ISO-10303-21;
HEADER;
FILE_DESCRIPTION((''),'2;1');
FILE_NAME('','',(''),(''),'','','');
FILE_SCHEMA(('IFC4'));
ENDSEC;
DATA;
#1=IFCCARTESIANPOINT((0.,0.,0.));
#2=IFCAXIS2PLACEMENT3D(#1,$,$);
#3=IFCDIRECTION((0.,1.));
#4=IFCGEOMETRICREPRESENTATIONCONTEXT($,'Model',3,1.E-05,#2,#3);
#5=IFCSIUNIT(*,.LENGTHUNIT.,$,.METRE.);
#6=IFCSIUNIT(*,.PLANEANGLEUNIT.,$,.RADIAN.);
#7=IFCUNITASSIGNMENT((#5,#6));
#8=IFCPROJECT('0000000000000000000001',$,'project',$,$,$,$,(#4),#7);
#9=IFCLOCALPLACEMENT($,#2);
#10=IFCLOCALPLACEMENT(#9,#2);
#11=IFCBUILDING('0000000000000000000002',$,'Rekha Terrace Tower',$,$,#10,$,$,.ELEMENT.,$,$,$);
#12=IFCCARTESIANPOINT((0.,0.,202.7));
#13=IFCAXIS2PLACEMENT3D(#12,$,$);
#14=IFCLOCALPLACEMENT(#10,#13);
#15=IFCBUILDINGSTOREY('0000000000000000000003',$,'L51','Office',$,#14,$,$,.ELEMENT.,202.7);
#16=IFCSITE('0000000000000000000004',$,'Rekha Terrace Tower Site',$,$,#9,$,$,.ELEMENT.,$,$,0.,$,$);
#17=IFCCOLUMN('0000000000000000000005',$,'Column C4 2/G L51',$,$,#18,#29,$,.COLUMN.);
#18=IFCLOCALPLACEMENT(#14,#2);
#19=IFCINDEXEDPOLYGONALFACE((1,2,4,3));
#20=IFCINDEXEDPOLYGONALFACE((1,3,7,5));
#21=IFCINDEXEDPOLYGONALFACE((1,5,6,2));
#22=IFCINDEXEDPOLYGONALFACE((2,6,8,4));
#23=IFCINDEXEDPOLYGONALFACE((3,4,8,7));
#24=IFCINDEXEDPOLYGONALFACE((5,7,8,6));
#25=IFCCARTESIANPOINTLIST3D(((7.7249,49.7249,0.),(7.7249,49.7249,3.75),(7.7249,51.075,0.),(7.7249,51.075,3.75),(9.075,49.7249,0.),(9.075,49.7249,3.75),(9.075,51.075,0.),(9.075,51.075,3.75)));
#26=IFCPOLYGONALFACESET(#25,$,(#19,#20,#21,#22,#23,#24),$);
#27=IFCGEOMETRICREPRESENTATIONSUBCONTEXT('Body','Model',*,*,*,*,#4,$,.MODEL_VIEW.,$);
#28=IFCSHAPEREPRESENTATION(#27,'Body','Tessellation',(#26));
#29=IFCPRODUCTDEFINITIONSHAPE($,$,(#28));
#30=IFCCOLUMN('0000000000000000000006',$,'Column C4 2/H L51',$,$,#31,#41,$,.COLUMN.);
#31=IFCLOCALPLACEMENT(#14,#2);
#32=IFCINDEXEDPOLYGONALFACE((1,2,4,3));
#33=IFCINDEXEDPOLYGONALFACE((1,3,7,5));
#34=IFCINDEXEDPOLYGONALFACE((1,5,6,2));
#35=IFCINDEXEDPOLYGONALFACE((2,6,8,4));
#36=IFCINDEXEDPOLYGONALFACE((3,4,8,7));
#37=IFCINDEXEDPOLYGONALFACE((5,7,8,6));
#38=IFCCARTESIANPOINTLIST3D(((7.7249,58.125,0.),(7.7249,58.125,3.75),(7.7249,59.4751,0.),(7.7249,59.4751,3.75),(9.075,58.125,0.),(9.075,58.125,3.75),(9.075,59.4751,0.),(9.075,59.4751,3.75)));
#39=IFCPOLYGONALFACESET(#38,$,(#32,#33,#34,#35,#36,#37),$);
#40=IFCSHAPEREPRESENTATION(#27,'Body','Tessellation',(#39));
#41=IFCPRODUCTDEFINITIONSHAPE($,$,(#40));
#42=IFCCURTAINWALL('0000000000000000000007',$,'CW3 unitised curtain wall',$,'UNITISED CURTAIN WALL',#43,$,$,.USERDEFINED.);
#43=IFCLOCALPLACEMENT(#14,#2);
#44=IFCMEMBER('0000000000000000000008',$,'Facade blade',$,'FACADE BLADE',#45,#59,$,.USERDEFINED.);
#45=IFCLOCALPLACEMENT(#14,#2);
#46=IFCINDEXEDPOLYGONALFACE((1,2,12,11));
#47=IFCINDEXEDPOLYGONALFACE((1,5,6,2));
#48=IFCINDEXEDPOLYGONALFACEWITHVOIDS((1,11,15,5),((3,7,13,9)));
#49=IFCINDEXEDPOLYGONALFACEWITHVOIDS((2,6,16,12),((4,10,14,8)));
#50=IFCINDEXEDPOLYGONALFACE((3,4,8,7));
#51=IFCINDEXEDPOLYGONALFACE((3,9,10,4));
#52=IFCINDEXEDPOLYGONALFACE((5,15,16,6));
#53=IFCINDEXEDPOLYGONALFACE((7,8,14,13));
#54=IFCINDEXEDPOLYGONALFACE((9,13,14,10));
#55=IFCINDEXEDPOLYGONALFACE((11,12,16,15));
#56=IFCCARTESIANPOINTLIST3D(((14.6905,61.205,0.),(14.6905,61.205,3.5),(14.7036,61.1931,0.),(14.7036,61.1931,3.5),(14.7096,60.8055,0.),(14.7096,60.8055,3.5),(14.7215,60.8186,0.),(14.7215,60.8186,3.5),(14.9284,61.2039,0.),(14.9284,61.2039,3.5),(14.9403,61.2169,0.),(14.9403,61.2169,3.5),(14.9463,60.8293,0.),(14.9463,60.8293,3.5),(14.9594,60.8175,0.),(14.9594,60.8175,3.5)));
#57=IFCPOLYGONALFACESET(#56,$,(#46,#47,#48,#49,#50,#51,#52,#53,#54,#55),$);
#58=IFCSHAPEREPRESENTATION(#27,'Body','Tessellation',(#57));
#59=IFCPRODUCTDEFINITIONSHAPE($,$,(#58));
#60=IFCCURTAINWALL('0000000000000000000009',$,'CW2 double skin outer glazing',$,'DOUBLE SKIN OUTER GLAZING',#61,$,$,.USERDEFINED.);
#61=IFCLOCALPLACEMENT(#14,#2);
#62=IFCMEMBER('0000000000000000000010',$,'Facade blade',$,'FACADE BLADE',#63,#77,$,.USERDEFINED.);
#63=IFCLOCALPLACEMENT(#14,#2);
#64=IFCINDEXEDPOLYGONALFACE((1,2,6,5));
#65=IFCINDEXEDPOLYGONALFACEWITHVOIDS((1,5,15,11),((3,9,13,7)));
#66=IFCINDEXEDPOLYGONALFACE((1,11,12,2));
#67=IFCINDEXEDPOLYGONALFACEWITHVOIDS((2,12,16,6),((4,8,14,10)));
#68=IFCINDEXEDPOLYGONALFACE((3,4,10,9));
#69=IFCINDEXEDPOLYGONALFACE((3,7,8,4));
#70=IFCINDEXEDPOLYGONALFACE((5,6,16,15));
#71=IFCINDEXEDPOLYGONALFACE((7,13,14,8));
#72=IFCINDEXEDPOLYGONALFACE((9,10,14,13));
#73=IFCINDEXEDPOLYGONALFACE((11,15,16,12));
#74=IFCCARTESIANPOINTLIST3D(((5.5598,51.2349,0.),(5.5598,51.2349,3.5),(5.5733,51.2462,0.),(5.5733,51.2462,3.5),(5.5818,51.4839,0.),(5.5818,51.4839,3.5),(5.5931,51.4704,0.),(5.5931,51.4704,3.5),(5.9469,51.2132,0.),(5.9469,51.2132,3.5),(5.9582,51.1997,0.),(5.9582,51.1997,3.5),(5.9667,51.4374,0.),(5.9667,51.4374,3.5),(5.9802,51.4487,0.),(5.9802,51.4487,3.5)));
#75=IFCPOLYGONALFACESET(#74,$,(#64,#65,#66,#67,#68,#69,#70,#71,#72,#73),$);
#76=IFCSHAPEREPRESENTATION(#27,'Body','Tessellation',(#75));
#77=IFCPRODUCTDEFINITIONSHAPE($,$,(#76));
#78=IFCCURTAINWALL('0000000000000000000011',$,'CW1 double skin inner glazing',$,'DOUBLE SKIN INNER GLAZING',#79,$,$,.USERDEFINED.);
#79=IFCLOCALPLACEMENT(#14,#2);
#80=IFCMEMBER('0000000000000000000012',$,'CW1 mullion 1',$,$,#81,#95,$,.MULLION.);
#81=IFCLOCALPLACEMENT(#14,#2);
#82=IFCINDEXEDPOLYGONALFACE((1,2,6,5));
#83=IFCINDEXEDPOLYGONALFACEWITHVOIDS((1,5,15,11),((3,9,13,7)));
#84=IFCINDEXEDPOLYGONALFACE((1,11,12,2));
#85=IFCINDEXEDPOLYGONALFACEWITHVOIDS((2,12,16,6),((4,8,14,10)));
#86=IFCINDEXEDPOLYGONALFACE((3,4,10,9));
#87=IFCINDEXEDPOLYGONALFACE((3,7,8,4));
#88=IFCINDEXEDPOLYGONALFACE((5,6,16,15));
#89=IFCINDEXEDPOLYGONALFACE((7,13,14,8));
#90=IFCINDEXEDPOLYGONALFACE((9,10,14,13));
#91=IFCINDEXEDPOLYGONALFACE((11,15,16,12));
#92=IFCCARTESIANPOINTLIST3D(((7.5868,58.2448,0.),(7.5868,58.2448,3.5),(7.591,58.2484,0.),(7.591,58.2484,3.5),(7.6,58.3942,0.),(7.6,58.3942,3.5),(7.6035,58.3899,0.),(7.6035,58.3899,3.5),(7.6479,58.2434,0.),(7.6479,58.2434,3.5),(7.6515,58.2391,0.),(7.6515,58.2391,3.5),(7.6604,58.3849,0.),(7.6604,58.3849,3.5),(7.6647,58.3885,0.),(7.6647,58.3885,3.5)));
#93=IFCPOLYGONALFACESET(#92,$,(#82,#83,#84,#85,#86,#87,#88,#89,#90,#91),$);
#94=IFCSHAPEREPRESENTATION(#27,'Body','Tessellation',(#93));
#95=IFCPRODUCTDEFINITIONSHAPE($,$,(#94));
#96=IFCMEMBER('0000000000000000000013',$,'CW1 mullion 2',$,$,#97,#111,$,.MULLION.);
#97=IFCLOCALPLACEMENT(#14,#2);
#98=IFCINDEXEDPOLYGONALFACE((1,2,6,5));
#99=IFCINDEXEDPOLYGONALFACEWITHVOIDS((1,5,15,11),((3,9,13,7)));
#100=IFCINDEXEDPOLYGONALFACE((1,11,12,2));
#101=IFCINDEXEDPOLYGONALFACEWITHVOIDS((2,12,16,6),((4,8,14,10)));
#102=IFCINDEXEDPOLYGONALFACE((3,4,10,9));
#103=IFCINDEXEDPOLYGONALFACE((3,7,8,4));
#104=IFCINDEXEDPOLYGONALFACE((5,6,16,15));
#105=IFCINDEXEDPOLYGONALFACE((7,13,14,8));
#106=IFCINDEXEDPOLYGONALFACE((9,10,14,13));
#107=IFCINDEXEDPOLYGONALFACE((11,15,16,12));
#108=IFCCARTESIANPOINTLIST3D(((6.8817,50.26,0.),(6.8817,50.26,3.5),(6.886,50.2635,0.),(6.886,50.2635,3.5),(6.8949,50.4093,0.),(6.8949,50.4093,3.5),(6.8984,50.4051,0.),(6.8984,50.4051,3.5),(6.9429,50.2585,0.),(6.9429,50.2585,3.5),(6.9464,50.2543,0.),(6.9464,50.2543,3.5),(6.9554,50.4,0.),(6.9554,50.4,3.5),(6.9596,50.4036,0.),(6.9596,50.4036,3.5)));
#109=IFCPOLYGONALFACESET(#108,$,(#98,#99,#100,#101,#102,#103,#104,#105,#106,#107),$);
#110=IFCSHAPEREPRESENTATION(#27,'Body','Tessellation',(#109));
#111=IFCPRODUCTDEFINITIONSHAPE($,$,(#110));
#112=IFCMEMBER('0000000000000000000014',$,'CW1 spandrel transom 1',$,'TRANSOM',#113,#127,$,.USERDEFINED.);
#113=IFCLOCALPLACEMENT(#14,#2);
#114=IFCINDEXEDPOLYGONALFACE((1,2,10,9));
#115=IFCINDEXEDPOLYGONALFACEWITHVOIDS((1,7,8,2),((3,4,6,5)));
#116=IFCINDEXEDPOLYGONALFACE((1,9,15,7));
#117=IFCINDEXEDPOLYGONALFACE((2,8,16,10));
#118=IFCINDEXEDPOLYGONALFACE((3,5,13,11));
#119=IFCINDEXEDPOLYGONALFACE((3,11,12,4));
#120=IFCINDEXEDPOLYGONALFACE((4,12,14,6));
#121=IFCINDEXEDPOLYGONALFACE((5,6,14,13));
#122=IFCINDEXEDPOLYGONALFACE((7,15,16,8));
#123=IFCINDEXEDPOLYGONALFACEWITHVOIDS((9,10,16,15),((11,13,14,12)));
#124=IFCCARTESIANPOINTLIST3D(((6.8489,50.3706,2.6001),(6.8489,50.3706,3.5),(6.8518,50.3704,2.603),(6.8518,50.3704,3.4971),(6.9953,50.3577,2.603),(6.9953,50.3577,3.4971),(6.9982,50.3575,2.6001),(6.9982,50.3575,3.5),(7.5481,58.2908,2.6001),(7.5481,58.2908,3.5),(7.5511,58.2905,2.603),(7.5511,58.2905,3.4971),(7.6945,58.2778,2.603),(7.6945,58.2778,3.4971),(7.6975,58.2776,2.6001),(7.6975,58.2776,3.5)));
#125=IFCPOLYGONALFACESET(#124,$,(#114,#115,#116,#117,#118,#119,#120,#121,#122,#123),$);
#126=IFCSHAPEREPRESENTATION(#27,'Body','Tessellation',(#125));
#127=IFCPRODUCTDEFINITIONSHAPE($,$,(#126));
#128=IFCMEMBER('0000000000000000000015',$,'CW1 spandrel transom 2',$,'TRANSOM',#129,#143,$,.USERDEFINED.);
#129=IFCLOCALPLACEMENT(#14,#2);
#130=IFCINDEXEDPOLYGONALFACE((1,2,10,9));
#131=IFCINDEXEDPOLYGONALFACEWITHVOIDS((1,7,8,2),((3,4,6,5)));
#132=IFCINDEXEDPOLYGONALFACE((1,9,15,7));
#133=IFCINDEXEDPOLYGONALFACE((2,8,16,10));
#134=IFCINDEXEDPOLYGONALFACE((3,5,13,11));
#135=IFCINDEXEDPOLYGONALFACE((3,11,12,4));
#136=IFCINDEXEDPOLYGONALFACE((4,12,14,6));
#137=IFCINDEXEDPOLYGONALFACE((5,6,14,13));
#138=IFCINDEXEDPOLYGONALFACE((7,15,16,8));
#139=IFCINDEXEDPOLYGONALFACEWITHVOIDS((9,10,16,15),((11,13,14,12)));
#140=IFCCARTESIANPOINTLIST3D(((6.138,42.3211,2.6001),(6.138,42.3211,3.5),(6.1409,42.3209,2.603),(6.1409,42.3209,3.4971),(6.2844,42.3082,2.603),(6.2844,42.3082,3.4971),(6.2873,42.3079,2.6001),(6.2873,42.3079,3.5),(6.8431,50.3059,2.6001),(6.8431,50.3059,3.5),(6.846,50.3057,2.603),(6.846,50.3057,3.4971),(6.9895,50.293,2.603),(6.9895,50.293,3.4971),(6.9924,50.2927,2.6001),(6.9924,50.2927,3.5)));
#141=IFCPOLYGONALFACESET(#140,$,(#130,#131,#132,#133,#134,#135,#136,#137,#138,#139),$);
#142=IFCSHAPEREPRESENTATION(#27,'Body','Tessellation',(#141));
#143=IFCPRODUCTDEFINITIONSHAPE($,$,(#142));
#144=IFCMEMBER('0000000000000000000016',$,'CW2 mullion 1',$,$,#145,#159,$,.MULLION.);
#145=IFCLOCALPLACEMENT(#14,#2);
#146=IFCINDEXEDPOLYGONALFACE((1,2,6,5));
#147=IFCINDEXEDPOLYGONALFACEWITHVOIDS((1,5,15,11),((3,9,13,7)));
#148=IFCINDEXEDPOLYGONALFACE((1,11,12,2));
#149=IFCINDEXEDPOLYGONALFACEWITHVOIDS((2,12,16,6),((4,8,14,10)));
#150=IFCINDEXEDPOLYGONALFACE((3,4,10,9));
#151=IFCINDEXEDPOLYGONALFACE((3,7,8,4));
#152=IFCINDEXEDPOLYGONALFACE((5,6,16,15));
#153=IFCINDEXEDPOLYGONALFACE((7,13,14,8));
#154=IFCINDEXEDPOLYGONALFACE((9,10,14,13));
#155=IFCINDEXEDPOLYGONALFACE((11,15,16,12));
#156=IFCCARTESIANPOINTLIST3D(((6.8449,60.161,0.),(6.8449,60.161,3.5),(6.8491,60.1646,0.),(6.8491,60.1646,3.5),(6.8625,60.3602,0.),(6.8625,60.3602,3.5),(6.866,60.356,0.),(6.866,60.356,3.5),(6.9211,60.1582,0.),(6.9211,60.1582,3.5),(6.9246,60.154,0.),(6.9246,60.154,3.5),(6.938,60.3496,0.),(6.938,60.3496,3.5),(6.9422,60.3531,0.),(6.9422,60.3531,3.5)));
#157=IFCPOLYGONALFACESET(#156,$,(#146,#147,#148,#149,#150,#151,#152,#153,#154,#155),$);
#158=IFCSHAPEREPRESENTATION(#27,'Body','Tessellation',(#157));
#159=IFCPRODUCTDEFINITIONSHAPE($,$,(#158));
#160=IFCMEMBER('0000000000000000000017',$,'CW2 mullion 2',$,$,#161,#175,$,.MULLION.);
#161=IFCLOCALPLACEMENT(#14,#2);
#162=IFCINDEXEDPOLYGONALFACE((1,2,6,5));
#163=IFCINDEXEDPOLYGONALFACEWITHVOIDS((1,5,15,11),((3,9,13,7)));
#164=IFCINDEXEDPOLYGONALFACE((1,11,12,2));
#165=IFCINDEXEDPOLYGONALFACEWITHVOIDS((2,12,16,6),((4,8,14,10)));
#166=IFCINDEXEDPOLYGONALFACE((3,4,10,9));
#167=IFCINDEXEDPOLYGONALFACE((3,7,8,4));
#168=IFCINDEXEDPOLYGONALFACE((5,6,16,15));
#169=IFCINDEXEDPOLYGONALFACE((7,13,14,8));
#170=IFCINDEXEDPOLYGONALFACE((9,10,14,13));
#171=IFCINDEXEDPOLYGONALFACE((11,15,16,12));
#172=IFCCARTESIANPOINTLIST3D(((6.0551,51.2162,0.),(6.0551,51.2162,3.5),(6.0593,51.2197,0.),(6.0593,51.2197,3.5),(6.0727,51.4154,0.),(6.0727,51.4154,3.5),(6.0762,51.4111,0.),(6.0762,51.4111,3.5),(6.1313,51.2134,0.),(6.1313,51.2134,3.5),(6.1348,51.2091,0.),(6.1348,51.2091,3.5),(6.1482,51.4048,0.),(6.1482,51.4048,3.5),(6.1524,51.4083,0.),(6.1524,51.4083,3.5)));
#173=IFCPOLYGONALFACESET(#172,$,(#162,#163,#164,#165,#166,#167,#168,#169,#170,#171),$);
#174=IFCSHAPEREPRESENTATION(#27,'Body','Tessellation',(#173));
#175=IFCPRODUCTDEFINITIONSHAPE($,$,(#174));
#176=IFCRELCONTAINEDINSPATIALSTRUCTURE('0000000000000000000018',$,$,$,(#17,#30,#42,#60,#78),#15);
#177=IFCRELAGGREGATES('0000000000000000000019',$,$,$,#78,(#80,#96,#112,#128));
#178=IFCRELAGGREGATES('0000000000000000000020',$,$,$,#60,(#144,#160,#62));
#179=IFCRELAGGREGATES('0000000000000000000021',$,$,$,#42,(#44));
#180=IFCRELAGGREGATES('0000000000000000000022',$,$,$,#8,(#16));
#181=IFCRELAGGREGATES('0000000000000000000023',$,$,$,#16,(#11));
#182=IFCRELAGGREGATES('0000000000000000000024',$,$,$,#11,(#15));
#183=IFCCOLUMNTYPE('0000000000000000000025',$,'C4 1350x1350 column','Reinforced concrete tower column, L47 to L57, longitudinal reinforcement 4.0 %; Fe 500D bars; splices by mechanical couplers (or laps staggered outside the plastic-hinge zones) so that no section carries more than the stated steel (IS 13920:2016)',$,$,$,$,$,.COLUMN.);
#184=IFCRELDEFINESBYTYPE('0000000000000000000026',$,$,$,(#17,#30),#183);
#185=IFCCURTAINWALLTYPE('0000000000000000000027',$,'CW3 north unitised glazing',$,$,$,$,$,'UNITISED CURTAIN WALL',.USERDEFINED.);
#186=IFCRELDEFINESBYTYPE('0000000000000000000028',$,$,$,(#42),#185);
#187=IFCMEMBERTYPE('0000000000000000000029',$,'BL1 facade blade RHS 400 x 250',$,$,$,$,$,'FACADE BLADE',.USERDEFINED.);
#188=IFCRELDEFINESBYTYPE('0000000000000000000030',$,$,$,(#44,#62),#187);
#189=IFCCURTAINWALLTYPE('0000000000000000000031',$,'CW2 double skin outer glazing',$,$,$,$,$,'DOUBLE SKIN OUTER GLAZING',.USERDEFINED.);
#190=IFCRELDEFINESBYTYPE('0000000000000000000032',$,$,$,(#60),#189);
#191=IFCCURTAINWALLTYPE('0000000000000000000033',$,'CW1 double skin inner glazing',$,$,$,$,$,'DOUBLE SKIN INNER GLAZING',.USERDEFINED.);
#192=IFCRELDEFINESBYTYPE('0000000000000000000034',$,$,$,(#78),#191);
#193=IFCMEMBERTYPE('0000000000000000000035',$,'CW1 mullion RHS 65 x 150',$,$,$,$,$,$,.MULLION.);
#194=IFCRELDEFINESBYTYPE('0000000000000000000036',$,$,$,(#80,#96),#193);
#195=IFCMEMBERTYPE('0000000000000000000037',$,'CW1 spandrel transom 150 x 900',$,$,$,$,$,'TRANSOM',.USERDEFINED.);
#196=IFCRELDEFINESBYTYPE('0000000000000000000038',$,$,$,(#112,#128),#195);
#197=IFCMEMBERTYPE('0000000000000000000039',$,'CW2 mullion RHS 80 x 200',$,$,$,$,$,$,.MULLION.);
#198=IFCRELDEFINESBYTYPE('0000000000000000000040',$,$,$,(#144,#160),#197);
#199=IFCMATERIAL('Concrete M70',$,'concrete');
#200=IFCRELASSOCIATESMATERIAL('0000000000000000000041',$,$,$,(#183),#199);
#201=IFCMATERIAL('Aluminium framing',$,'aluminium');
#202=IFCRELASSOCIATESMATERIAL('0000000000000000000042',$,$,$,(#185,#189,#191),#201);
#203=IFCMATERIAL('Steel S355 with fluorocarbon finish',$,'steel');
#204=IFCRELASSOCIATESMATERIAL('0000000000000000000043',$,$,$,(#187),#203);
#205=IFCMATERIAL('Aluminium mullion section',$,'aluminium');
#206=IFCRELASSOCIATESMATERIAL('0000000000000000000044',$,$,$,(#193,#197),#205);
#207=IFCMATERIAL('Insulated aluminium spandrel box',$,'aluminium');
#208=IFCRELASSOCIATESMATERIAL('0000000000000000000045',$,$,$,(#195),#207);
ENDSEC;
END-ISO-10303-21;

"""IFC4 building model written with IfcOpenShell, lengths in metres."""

from ifc_helpers import new_model, si_unit, direction, frame, origin, origin_2d, place, context, subcontext, project, spatial, rectangle, hollow_rectangle, extrude, material, material_profile, profile_set, type_object, element, aggregate, save


model = new_model("IFC4")

# Units and contexts
model_context = context("Model", 3, precision=1e-05, world=origin(), true_north=direction((0.0, 1.0)))
body_context = subcontext(model_context, "Body", "Model", "MODEL_VIEW")
ifc_project = project(units=[si_unit("LENGTHUNIT", "METRE"), si_unit("PLANEANGLEUNIT", "RADIAN")], contexts=[model_context])

# Site, building, storey
site_placement = place(None, origin())
site = spatial("IfcSite", under=ifc_project, at=site_placement, Name="Rekha Terrace Tower Site", CompositionType="ELEMENT", RefElevation=0.0)
building_placement = place(site_placement, origin())
building = spatial("IfcBuilding", under=site, at=building_placement, Name="Rekha Terrace Tower", CompositionType="ELEMENT")
storey_placement = place(building_placement, frame((0.0, 0.0, 202.7)))
storey = spatial("IfcBuildingStorey", under=building, at=storey_placement, Name="L51", Description="Office", CompositionType="ELEMENT", Elevation=202.7)

# Columns
ifc_material_1 = material(Name="Concrete M70", Category="concrete")
ifc_material_profile_1 = material_profile(ifc_material_1, rectangle(XDim=1.3501, YDim=1.3501, at=origin_2d()), Name="RC 1350x1350")
ifc_profile_set_1 = profile_set([ifc_material_profile_1], Name="Concrete M70")
column_type = type_object("IfcColumnType", Name="C4 1350x1350 column", Description="Reinforced concrete tower column, L47 to L57, longitudinal reinforcement 4.0 %; Fe 500D bars; splices by mechanical couplers (or laps staggered outside the plastic-hinge zones) so that no section carries more than the stated steel (IS 13920:2016)", PredefinedType="COLUMN", material=ifc_profile_set_1)
for number, where, z_axis, x_axis, name in (
    (1, (8.3999, 50.3999, 0.0), (0.0, 0.0, 1.0), (1.0, 0.0, 0.0), "Column C4 2/G L51"),
    (2, (8.3999, 58.8, 0.0), (0.0, 0.0, 1.0), (1.0, 0.0, 0.0), "Column C4 2/H L51"),
):
    element("IfcColumn", number, at=place(storey_placement, frame(where, z_axis=z_axis, x_axis=x_axis)), inside=storey, type_object=column_type, Name=name, PredefinedType="COLUMN", context=body_context, shape_type="SweptSolid", body=[
        extrude(rectangle(XDim=1.3501, YDim=1.3501, at=origin_2d()), origin(), (0.0, 0.0, 1.0), 3.75),
    ])

# Curtain walls, members
ifc_material_2 = material(Name="Aluminium framing", Category="aluminium")
curtain_wall_type_1 = type_object("IfcCurtainWallType", Name="CW3 north unitised glazing", ElementType="UNITISED CURTAIN WALL", PredefinedType="USERDEFINED", material=ifc_material_2)
curtain_wall_1_placement = place(storey_placement, origin())
curtain_wall_1 = element("IfcCurtainWall", 3, at=curtain_wall_1_placement, inside=storey, type_object=curtain_wall_type_1, Name="CW3 unitised curtain wall", ObjectType="UNITISED CURTAIN WALL", PredefinedType="USERDEFINED")
ifc_material_3 = material(Name="Steel S355 with fluorocarbon finish", Category="steel")
ifc_material_profile_2 = material_profile(ifc_material_3, hollow_rectangle(XDim=0.25, YDim=0.3999, WallThickness=0.0125, at=origin_2d()), Name="RHS400x250x12.5")
ifc_profile_set_2 = profile_set([ifc_material_profile_2], Name="Steel S355 with fluorocarbon finish")
member_type_1 = type_object("IfcMemberType", Name="BL1 facade blade RHS 400 x 250", ElementType="FACADE BLADE", PredefinedType="USERDEFINED", material=ifc_profile_set_2)
member_1_placement = place(storey_placement, frame((14.825, 61.0112, 0.0), z_axis=(0.0, 0.0, 1.0), x_axis=(-0.998859, -0.047758, 0.0)))
member_1 = element("IfcMember", 4, at=member_1_placement, type_object=member_type_1, Name="Facade blade", ObjectType="FACADE BLADE", PredefinedType="USERDEFINED", context=body_context, shape_type="SweptSolid", body=[
    extrude(hollow_rectangle(XDim=0.25, YDim=0.3999, WallThickness=0.0125, at=origin_2d()), origin(), (0.0, 0.0, 1.0), 3.5),
])
curtain_wall_type_2 = type_object("IfcCurtainWallType", Name="CW2 double skin outer glazing", ElementType="DOUBLE SKIN OUTER GLAZING", PredefinedType="USERDEFINED", material=ifc_material_2)
curtain_wall_2_placement = place(storey_placement, origin())
curtain_wall_2 = element("IfcCurtainWall", 5, at=curtain_wall_2_placement, inside=storey, type_object=curtain_wall_type_2, Name="CW2 double skin outer glazing", ObjectType="DOUBLE SKIN OUTER GLAZING", PredefinedType="USERDEFINED")
member_2_placement = place(storey_placement, frame((5.77, 51.3418, 0.0), z_axis=(0.0, 0.0, 1.0), x_axis=(-0.087957, -0.996124, 0.0)))
member_2 = element("IfcMember", 6, at=member_2_placement, type_object=member_type_1, Name="Facade blade", ObjectType="FACADE BLADE", PredefinedType="USERDEFINED", context=body_context, shape_type="SweptSolid", body=[
    extrude(hollow_rectangle(XDim=0.25, YDim=0.3999, WallThickness=0.0125, at=origin_2d()), origin(), (0.0, 0.0, 1.0), 3.5),
])

# Curtain wall, members
curtain_wall_type_3 = type_object("IfcCurtainWallType", Name="CW1 double skin inner glazing", ElementType="DOUBLE SKIN INNER GLAZING", PredefinedType="USERDEFINED", material=ifc_material_2)
curtain_wall_3_placement = place(storey_placement, origin())
curtain_wall_3 = element("IfcCurtainWall", 7, at=curtain_wall_3_placement, inside=storey, type_object=curtain_wall_type_3, Name="CW1 double skin inner glazing", ObjectType="DOUBLE SKIN INNER GLAZING", PredefinedType="USERDEFINED")
ifc_material_4 = material(Name="Aluminium mullion section", Category="aluminium")
ifc_material_profile_3 = material_profile(ifc_material_4, hollow_rectangle(XDim=0.0649, YDim=0.1499, WallThickness=0.0039, at=origin_2d()), Name="AL RHS 65x150")
ifc_profile_set_3 = profile_set([ifc_material_profile_3], Name="Aluminium mullion section")
member_type_2 = type_object("IfcMemberType", Name="CW1 mullion RHS 65 x 150", PredefinedType="MULLION", material=ifc_profile_set_3)
member_3_placement = place(storey_placement, frame((7.6257, 58.3167, 0.0), z_axis=(0.0, 0.0, 1.0), x_axis=(0.996124, -0.087958, 0.0)))
member_3 = element("IfcMember", 8, at=member_3_placement, type_object=member_type_2, Name="CW1 mullion 1", PredefinedType="MULLION", context=body_context, shape_type="SweptSolid", body=[
    extrude(hollow_rectangle(XDim=0.0649, YDim=0.1499, WallThickness=0.0039, at=origin_2d()), origin(), (0.0, 0.0, 1.0), 3.5),
])
member_4_placement = place(storey_placement, frame((6.9207, 50.3318, 0.0), z_axis=(0.0, 0.0, 1.0), x_axis=(0.996124, -0.087958, 0.0)))
member_4 = element("IfcMember", 9, at=member_4_placement, type_object=member_type_2, Name="CW1 mullion 2", PredefinedType="MULLION", context=body_context, shape_type="SweptSolid", body=[
    extrude(hollow_rectangle(XDim=0.0649, YDim=0.1499, WallThickness=0.0039, at=origin_2d()), origin(), (0.0, 0.0, 1.0), 3.5),
])
ifc_material_5 = material(Name="Insulated aluminium spandrel box", Category="aluminium")
ifc_material_profile_4 = material_profile(ifc_material_5, hollow_rectangle(XDim=0.1499, YDim=0.8999, WallThickness=0.0029, at=origin_2d()), Name="AL SPANDREL BOX 150x900")
ifc_profile_set_4 = profile_set([ifc_material_profile_4], Name="Insulated aluminium spandrel box")
member_type_3 = type_object("IfcMemberType", Name="CW1 spandrel transom 150 x 900", ElementType="TRANSOM", PredefinedType="USERDEFINED", material=ifc_profile_set_4)
member_5_placement = place(storey_placement, frame((7.6228, 58.2842, 3.05), z_axis=(-0.087941, -0.996126, 0.0), x_axis=(0.996126, -0.087941, 0.0)))
member_5 = element("IfcMember", 10, at=member_5_placement, type_object=member_type_3, Name="CW1 spandrel transom 1", ObjectType="TRANSOM", PredefinedType="USERDEFINED", context=body_context, shape_type="SweptSolid", body=[
    extrude(hollow_rectangle(XDim=0.1499, YDim=0.8999, WallThickness=0.0029, at=origin_2d()), origin(), (0.0, 0.0, 1.0), 7.9509),
])
member_6_placement = place(storey_placement, frame((6.9177, 50.2993, 3.05), z_axis=(-0.08796, -0.996124, 0.0), x_axis=(0.996124, -0.08796, 0.0)))
member_6 = element("IfcMember", 11, at=member_6_placement, type_object=member_type_3, Name="CW1 spandrel transom 2", ObjectType="TRANSOM", PredefinedType="USERDEFINED", context=body_context, shape_type="SweptSolid", body=[
    extrude(hollow_rectangle(XDim=0.1499, YDim=0.8999, WallThickness=0.0029, at=origin_2d()), origin(), (0.0, 0.0, 1.0), 8.0159),
])

# Members
ifc_material_profile_5 = material_profile(ifc_material_4, hollow_rectangle(XDim=0.0801, YDim=0.2, WallThickness=0.0039, at=origin_2d()), Name="AL RHS 80x200")
ifc_profile_set_5 = profile_set([ifc_material_profile_5], Name="Aluminium mullion section")
member_type_4 = type_object("IfcMemberType", Name="CW2 mullion RHS 80 x 200", PredefinedType="MULLION", material=ifc_profile_set_5)
member_7_placement = place(storey_placement, frame((6.8936, 60.2571, 0.0), z_axis=(0.0, 0.0, 1.0), x_axis=(0.996124, -0.087958, 0.0)))
member_7 = element("IfcMember", 12, at=member_7_placement, type_object=member_type_4, Name="CW2 mullion 1", PredefinedType="MULLION", context=body_context, shape_type="SweptSolid", body=[
    extrude(hollow_rectangle(XDim=0.0801, YDim=0.2, WallThickness=0.0039, at=origin_2d()), origin(), (0.0, 0.0, 1.0), 3.5),
])
member_8_placement = place(storey_placement, frame((6.1038, 51.3123, 0.0), z_axis=(0.0, 0.0, 1.0), x_axis=(0.996124, -0.087958, 0.0)))
member_8 = element("IfcMember", 13, at=member_8_placement, type_object=member_type_4, Name="CW2 mullion 2", PredefinedType="MULLION", context=body_context, shape_type="SweptSolid", body=[
    extrude(hollow_rectangle(XDim=0.0801, YDim=0.2, WallThickness=0.0039, at=origin_2d()), origin(), (0.0, 0.0, 1.0), 3.5),
])

aggregate(curtain_wall_3, [member_3, member_4, member_5, member_6])
aggregate(curtain_wall_2, [member_7, member_8, member_2])
aggregate(curtain_wall_1, [member_1])

save(model, "model.ifc")
